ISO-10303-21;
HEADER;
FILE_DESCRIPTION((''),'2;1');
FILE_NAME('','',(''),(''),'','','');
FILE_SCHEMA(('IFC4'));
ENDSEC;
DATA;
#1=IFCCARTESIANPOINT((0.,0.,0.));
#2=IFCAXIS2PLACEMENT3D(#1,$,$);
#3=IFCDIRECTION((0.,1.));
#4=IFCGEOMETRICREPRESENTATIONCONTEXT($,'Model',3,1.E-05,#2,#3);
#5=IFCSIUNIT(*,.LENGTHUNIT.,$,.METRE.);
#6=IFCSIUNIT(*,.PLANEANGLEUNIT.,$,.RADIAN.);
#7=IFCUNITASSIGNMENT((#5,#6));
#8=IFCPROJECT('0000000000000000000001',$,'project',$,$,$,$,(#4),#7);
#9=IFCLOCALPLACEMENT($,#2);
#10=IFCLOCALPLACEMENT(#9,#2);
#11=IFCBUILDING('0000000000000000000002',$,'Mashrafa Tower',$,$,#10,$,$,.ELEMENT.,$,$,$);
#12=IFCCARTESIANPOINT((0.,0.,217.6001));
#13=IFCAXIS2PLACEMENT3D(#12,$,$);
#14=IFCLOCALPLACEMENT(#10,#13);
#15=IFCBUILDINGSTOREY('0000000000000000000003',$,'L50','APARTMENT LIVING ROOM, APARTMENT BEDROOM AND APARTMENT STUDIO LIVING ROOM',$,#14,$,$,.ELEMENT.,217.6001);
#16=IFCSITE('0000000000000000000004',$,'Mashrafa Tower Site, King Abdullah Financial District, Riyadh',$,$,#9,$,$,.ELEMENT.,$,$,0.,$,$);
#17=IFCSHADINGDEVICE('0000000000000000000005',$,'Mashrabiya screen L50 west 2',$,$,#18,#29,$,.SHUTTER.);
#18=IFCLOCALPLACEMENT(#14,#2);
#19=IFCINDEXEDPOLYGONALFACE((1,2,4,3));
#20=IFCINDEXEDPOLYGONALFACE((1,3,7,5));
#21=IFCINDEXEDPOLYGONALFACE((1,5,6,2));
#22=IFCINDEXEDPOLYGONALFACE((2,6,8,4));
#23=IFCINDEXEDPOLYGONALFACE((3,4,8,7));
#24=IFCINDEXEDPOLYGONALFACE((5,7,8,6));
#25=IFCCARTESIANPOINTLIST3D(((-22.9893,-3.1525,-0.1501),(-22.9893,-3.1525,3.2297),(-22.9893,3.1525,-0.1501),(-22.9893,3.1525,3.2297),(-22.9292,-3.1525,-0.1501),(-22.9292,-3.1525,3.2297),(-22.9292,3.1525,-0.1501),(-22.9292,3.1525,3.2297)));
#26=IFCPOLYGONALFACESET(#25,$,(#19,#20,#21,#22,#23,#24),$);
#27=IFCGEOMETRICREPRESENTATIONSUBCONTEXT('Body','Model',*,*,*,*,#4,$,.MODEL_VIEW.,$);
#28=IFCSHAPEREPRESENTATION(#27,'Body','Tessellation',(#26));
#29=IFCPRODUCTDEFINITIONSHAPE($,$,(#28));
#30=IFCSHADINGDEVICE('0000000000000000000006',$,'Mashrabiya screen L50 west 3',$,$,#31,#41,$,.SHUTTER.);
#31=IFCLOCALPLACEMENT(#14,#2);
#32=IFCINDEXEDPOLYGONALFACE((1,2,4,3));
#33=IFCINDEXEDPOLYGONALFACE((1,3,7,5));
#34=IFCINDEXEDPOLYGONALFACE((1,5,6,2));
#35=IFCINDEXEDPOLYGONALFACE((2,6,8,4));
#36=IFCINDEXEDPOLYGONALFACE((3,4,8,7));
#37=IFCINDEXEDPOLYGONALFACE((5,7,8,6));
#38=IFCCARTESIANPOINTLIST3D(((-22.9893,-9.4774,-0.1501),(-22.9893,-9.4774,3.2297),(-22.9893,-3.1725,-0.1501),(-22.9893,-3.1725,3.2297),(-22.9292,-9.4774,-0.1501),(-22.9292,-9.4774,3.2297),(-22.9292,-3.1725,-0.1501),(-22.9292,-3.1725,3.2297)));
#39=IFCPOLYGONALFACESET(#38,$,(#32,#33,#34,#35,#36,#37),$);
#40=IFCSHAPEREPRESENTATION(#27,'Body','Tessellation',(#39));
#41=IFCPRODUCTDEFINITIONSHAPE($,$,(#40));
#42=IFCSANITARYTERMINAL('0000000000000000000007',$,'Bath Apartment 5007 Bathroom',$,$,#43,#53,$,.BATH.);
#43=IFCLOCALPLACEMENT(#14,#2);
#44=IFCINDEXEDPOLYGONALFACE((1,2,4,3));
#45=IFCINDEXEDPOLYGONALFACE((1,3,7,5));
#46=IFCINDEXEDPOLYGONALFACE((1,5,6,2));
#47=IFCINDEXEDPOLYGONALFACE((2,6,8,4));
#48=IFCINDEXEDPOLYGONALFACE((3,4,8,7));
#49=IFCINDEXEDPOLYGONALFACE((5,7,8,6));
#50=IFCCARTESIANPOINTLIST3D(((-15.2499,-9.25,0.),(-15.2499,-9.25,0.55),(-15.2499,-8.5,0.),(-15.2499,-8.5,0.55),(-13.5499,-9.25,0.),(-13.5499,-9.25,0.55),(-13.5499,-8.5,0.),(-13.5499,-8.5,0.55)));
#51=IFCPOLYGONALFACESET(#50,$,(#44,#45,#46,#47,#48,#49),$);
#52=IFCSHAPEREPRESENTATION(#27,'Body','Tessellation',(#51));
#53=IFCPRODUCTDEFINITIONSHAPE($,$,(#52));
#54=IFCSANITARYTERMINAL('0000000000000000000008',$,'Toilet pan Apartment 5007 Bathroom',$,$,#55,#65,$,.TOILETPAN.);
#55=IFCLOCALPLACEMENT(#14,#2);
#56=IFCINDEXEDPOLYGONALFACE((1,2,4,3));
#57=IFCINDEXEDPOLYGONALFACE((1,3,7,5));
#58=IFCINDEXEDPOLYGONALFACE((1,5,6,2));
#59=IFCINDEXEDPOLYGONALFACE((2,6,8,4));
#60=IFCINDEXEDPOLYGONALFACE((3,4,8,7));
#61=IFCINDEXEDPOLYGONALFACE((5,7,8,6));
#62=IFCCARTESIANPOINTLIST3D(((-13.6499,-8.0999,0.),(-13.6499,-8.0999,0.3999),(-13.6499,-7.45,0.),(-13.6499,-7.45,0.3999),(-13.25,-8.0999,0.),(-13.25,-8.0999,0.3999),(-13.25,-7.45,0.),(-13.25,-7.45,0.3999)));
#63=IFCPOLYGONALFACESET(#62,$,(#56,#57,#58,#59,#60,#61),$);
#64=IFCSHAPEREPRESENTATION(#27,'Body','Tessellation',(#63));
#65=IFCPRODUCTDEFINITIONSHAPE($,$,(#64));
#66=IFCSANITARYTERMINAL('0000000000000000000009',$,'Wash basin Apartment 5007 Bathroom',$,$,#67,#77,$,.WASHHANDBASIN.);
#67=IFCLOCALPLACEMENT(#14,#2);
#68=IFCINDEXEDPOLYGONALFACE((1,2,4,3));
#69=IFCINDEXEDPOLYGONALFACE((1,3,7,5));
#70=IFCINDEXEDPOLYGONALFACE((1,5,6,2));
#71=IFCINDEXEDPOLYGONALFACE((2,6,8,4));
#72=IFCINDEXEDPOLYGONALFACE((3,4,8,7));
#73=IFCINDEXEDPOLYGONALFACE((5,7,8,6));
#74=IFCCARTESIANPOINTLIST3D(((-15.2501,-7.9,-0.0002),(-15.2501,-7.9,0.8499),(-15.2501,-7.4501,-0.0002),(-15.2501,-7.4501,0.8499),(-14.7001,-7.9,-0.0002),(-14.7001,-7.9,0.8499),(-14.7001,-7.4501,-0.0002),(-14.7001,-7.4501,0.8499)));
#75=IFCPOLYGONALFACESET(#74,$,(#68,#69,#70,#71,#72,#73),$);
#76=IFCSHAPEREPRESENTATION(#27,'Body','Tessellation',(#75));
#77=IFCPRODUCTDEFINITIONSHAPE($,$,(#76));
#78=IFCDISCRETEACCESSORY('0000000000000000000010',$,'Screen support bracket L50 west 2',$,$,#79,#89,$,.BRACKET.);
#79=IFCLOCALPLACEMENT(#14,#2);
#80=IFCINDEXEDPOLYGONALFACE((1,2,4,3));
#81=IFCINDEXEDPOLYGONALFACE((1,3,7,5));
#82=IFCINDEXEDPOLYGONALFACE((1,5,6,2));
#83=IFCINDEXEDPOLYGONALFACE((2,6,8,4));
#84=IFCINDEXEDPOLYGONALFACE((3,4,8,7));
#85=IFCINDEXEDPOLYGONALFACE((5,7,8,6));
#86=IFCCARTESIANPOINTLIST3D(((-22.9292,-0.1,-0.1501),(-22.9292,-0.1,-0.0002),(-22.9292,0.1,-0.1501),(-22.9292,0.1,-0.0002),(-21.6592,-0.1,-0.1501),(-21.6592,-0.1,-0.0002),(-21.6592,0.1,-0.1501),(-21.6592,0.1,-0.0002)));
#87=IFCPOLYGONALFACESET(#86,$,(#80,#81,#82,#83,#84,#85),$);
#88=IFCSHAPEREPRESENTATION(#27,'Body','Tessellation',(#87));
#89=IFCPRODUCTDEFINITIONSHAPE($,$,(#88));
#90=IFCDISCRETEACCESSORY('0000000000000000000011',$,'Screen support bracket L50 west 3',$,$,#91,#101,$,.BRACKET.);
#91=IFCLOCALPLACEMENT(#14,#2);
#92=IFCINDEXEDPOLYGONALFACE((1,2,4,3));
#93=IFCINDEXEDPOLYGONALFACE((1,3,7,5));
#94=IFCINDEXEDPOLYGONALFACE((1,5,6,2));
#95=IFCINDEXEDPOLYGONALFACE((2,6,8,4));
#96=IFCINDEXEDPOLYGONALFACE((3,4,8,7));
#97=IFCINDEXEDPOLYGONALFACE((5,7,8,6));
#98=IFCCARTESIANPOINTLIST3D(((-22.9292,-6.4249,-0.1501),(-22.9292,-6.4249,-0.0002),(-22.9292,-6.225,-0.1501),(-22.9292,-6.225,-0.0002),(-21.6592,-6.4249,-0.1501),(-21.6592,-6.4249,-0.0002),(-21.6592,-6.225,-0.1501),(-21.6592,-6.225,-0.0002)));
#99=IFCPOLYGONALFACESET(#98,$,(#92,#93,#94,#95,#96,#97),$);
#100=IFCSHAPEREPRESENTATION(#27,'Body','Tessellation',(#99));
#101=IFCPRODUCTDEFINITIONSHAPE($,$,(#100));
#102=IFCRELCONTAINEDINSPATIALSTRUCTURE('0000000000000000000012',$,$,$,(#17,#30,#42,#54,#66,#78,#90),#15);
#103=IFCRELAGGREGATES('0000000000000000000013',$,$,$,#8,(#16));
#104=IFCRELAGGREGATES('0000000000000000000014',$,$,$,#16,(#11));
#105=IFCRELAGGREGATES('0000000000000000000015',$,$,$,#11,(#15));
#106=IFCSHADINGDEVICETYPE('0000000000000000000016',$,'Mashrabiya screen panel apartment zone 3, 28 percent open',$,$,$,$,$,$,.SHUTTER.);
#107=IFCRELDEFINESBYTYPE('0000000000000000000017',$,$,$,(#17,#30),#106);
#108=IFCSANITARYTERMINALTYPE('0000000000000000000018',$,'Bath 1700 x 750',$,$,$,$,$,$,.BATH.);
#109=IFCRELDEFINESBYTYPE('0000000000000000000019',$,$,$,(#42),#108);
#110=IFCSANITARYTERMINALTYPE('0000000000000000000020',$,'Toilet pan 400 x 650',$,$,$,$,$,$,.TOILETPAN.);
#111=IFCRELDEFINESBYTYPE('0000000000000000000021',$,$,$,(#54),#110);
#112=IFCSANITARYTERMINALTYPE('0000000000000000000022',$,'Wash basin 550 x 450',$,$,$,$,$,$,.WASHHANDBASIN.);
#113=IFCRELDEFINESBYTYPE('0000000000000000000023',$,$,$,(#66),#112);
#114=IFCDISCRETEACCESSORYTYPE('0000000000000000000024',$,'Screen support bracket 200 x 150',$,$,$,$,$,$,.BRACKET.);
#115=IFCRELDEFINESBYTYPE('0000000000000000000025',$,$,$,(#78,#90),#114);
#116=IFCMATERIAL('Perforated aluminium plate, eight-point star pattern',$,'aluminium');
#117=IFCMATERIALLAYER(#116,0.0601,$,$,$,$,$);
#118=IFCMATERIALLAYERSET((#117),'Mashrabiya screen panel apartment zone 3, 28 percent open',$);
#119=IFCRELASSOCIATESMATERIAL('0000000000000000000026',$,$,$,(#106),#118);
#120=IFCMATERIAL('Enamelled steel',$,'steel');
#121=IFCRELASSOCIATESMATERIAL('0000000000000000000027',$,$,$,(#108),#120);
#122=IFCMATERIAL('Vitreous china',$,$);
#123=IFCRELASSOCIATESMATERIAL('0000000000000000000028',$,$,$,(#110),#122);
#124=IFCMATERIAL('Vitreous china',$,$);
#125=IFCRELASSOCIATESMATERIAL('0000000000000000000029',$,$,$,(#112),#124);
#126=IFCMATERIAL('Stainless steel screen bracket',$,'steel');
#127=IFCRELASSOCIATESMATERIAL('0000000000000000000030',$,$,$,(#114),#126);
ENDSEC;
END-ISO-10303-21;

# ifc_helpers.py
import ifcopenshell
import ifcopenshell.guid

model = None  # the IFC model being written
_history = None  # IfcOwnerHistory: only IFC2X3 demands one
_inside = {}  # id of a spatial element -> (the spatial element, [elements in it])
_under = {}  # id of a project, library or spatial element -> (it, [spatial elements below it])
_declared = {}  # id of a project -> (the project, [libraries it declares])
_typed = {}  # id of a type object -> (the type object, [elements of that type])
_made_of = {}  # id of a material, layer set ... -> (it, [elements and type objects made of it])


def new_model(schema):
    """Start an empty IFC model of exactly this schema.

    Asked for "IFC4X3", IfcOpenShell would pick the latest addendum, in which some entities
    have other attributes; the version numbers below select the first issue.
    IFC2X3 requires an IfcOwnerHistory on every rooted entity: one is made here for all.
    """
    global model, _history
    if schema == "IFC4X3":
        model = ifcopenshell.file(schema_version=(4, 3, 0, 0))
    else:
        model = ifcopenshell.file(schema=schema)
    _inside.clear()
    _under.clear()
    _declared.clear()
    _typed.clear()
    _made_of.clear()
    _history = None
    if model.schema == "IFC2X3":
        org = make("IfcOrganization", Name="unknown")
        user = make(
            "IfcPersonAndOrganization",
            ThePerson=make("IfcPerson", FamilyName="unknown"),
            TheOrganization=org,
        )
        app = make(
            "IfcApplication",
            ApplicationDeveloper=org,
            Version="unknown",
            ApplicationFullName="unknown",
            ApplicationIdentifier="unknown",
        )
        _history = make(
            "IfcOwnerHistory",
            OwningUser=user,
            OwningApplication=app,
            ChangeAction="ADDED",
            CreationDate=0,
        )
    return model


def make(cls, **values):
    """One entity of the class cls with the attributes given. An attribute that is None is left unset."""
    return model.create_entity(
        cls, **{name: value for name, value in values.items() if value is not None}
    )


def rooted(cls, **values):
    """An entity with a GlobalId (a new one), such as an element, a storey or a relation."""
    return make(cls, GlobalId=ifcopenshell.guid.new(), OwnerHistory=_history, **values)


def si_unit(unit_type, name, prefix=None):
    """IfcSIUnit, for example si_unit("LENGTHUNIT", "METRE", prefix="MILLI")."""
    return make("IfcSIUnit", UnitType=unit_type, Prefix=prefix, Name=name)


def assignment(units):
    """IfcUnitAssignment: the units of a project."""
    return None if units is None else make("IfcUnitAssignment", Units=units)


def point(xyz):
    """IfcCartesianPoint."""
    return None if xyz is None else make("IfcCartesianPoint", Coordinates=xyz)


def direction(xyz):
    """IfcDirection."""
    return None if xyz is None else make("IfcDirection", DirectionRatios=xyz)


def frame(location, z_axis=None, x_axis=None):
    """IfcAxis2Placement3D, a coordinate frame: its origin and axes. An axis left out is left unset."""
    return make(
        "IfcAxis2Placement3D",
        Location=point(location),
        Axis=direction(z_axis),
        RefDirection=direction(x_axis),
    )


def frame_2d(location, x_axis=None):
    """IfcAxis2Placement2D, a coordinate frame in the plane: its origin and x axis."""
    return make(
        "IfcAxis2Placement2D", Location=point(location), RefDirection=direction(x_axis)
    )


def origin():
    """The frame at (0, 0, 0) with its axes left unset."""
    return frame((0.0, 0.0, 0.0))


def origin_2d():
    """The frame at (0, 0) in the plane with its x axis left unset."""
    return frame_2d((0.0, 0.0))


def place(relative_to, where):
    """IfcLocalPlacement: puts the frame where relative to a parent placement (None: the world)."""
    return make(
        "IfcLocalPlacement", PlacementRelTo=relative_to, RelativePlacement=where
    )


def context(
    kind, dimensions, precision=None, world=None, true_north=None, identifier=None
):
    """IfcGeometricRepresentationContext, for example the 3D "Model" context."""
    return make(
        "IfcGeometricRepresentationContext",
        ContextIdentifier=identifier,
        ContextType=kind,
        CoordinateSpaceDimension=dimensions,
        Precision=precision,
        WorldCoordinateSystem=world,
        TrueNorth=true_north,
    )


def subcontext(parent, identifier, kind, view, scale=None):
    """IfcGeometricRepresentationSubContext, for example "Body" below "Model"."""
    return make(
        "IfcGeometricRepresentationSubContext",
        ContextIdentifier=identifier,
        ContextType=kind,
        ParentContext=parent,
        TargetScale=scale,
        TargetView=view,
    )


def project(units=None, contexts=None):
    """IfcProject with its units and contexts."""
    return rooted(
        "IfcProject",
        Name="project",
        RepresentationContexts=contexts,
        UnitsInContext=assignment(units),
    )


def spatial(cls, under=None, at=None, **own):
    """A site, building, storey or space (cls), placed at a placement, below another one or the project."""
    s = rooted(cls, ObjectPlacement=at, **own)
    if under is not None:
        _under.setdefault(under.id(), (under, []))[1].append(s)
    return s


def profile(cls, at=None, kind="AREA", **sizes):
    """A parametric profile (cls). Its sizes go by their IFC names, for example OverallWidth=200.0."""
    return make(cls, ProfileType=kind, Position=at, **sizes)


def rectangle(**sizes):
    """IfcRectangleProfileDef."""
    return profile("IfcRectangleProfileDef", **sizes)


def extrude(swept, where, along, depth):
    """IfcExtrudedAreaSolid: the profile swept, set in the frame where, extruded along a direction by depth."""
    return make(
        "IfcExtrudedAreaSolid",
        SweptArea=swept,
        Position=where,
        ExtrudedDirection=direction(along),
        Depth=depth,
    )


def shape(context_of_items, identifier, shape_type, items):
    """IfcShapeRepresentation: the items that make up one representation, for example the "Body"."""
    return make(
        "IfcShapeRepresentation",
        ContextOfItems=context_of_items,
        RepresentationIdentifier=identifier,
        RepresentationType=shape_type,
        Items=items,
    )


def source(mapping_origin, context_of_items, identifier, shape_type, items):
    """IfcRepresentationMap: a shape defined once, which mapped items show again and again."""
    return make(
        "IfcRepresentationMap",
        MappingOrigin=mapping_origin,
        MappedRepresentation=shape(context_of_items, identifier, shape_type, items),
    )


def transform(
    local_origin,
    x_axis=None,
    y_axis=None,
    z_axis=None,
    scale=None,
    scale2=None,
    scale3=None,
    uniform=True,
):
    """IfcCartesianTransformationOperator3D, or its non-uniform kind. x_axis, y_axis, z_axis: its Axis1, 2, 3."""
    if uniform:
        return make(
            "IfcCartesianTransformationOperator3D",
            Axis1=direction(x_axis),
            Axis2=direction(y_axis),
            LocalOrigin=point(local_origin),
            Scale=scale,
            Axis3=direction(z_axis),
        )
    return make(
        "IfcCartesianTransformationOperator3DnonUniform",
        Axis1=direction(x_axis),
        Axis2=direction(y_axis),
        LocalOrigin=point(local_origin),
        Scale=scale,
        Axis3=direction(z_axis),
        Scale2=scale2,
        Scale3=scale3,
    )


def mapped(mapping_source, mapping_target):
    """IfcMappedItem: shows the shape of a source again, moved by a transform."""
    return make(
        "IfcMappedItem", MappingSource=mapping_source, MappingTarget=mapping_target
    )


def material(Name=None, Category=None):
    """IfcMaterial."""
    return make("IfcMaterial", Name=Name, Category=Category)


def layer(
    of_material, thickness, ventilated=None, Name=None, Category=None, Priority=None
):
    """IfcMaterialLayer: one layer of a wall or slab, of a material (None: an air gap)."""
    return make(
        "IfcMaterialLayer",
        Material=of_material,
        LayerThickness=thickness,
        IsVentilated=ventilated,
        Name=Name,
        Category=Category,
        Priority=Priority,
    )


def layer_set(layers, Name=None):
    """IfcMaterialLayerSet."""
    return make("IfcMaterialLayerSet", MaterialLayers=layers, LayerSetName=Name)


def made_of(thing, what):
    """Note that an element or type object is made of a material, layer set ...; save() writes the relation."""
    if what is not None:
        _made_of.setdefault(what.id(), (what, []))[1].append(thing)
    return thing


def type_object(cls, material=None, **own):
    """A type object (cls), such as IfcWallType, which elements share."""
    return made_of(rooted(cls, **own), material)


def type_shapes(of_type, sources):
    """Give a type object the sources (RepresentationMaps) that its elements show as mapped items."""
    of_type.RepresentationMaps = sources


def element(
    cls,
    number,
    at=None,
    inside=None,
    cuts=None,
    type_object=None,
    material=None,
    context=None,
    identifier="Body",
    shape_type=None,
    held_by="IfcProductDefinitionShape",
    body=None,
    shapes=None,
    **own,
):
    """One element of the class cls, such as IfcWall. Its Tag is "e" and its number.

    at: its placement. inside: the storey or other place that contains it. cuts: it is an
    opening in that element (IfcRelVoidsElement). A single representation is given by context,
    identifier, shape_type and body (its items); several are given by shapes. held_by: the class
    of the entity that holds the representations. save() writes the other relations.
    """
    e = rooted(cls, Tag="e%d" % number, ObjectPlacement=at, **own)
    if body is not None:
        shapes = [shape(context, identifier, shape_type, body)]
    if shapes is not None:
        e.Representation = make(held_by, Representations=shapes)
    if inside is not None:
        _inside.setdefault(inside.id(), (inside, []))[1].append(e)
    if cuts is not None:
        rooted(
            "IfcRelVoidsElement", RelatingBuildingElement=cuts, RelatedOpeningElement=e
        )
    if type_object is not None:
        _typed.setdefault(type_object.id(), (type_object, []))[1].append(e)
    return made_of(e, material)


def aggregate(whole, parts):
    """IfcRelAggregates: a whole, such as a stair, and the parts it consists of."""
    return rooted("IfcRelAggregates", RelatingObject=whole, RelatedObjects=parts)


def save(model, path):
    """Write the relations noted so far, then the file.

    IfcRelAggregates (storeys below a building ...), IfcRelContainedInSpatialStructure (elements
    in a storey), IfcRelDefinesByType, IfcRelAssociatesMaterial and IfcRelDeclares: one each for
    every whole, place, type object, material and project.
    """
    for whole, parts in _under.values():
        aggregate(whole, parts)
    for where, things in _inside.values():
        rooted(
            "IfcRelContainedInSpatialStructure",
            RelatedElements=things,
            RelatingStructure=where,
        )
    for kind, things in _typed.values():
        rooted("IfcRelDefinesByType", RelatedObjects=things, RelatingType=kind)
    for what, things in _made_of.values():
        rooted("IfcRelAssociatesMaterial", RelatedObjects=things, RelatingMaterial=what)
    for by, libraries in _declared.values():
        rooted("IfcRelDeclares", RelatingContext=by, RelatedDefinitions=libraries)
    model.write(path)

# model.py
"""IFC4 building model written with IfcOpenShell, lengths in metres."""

from ifc_helpers import new_model, si_unit, direction, frame, origin, origin_2d, place, context, subcontext, project, spatial, rectangle, extrude, source, transform, mapped, material, layer, layer_set, type_object, type_shapes, element, save


model = new_model("IFC4")

# Units and contexts
model_context = context("Model", 3, precision=1e-05, world=origin(), true_north=direction((0.0, 1.0)))
body_context = subcontext(model_context, "Body", "Model", "MODEL_VIEW")
ifc_project = project(units=[si_unit("LENGTHUNIT", "METRE"), si_unit("PLANEANGLEUNIT", "RADIAN")], contexts=[model_context])

# Site, building, storey
site_placement = place(None, origin())
site = spatial("IfcSite", under=ifc_project, at=site_placement, Name="Mashrafa Tower Site, King Abdullah Financial District, Riyadh", CompositionType="ELEMENT", RefElevation=0.0)
building_placement = place(site_placement, origin())
building = spatial("IfcBuilding", under=site, at=building_placement, Name="Mashrafa Tower", CompositionType="ELEMENT")
storey_placement = place(building_placement, frame((0.0, 0.0, 217.6001)))
storey = spatial("IfcBuildingStorey", under=building, at=storey_placement, Name="L50", Description="APARTMENT LIVING ROOM, APARTMENT BEDROOM AND APARTMENT STUDIO LIVING ROOM", CompositionType="ELEMENT", Elevation=217.6001)

# Shading devices
ifc_material_1 = material(Name="Perforated aluminium plate, eight-point star pattern", Category="aluminium")
ifc_layer_1 = layer(ifc_material_1, 0.0601)
ifc_layer_set_1 = layer_set([ifc_layer_1], Name="Mashrabiya screen panel apartment zone 3, 28 percent open")
shading_device_type = type_object("IfcShadingDeviceType", Name="Mashrabiya screen panel apartment zone 3, 28 percent open", PredefinedType="SHUTTER", material=ifc_layer_set_1)
shared_shape_1 = source(origin(), body_context, "Body", "SweptSolid", [
    extrude(rectangle(XDim=6.3049, YDim=0.0601, at=origin_2d()), origin(), (0.0, 0.0, 1.0), 3.3799),
])
type_shapes(shading_device_type, [shared_shape_1])
for number, where, z_axis, x_axis, name in (
    (1, (-22.9592, 0.0, -0.1501), (0.0, 0.0, 1.0), (0.0, -1.0, 0.0), "Mashrabiya screen L50 west 2"),
    (2, (-22.9592, -6.325, -0.1501), (0.0, 0.0, 1.0), (0.0, -1.0, 0.0), "Mashrabiya screen L50 west 3"),
):
    element("IfcShadingDevice", number, at=place(storey_placement, frame(where, z_axis=z_axis, x_axis=x_axis)), inside=storey, type_object=shading_device_type, Name=name, PredefinedType="SHUTTER", context=body_context, shape_type="MappedRepresentation", body=[
        mapped(shared_shape_1, transform((0.0, 0.0, 0.0))),
    ])

# Sanitary terminals
ifc_material_2 = material(Name="Enamelled steel", Category="steel")
sanitary_terminal_type_1 = type_object("IfcSanitaryTerminalType", Name="Bath 1700 x 750", PredefinedType="BATH", material=ifc_material_2)
sanitary_terminal_1_placement = place(storey_placement, frame((-14.3999, -8.875, 0.0), z_axis=(0.0, 0.0, 1.0), x_axis=(1.0, 0.0, 0.0)))
element("IfcSanitaryTerminal", 3, at=sanitary_terminal_1_placement, inside=storey, type_object=sanitary_terminal_type_1, Name="Bath Apartment 5007 Bathroom", PredefinedType="BATH", context=body_context, shape_type="SweptSolid", body=[
    extrude(rectangle(XDim=1.7, YDim=0.75, at=origin_2d()), origin(), (0.0, 0.0, 1.0), 0.55),
])
ifc_material_3 = material(Name="Vitreous china")
sanitary_terminal_type_2 = type_object("IfcSanitaryTerminalType", Name="Toilet pan 400 x 650", PredefinedType="TOILETPAN", material=ifc_material_3)
sanitary_terminal_2_placement = place(storey_placement, frame((-13.45, -7.7749, 0.0), z_axis=(0.0, 0.0, 1.0), x_axis=(-1.0, 0.0, 0.0)))
element("IfcSanitaryTerminal", 4, at=sanitary_terminal_2_placement, inside=storey, type_object=sanitary_terminal_type_2, Name="Toilet pan Apartment 5007 Bathroom", PredefinedType="TOILETPAN", context=body_context, shape_type="SweptSolid", body=[
    extrude(rectangle(XDim=0.3999, YDim=0.6499, at=origin_2d()), origin(), (0.0, 0.0, 1.0), 0.3999),
])
ifc_material_4 = material(Name="Vitreous china")
sanitary_terminal_type_3 = type_object("IfcSanitaryTerminalType", Name="Wash basin 550 x 450", PredefinedType="WASHHANDBASIN", material=ifc_material_4)
sanitary_terminal_3_placement = place(storey_placement, frame((-14.9751, -7.675, -0.0002), z_axis=(0.0, 0.0, 1.0), x_axis=(-1.0, 0.0, 0.0)))
element("IfcSanitaryTerminal", 5, at=sanitary_terminal_3_placement, inside=storey, type_object=sanitary_terminal_type_3, Name="Wash basin Apartment 5007 Bathroom", PredefinedType="WASHHANDBASIN", context=body_context, shape_type="SweptSolid", body=[
    extrude(rectangle(XDim=0.55, YDim=0.45, at=origin_2d()), origin(), (0.0, 0.0, 1.0), 0.8501),
])

# Discrete accessories
ifc_material_5 = material(Name="Stainless steel screen bracket", Category="steel")
discrete_accessory_type = type_object("IfcDiscreteAccessoryType", Name="Screen support bracket 200 x 150", PredefinedType="BRACKET", material=ifc_material_5)
shared_shape_2 = source(origin(), body_context, "Body", "SweptSolid", [
    extrude(rectangle(XDim=0.2, YDim=1.27, at=origin_2d()), origin(), (0.0, 0.0, 1.0), 0.1499),
])
type_shapes(discrete_accessory_type, [shared_shape_2])
for number, where, z_axis, x_axis, name in (
    (6, (-22.2942, 0.0, -0.1501), (0.0, 0.0, 1.0), (0.0, -1.0, 0.0), "Screen support bracket L50 west 2"),
    (7, (-22.2942, -6.325, -0.1501), (0.0, 0.0, 1.0), (0.0, -1.0, 0.0), "Screen support bracket L50 west 3"),
):
    element("IfcDiscreteAccessory", number, at=place(storey_placement, frame(where, z_axis=z_axis, x_axis=x_axis)), inside=storey, type_object=discrete_accessory_type, Name=name, PredefinedType="BRACKET", context=body_context, shape_type="MappedRepresentation", body=[
        mapped(shared_shape_2, transform((0.0, 0.0, 0.0))),
    ])

save(model, "model.ifc")
